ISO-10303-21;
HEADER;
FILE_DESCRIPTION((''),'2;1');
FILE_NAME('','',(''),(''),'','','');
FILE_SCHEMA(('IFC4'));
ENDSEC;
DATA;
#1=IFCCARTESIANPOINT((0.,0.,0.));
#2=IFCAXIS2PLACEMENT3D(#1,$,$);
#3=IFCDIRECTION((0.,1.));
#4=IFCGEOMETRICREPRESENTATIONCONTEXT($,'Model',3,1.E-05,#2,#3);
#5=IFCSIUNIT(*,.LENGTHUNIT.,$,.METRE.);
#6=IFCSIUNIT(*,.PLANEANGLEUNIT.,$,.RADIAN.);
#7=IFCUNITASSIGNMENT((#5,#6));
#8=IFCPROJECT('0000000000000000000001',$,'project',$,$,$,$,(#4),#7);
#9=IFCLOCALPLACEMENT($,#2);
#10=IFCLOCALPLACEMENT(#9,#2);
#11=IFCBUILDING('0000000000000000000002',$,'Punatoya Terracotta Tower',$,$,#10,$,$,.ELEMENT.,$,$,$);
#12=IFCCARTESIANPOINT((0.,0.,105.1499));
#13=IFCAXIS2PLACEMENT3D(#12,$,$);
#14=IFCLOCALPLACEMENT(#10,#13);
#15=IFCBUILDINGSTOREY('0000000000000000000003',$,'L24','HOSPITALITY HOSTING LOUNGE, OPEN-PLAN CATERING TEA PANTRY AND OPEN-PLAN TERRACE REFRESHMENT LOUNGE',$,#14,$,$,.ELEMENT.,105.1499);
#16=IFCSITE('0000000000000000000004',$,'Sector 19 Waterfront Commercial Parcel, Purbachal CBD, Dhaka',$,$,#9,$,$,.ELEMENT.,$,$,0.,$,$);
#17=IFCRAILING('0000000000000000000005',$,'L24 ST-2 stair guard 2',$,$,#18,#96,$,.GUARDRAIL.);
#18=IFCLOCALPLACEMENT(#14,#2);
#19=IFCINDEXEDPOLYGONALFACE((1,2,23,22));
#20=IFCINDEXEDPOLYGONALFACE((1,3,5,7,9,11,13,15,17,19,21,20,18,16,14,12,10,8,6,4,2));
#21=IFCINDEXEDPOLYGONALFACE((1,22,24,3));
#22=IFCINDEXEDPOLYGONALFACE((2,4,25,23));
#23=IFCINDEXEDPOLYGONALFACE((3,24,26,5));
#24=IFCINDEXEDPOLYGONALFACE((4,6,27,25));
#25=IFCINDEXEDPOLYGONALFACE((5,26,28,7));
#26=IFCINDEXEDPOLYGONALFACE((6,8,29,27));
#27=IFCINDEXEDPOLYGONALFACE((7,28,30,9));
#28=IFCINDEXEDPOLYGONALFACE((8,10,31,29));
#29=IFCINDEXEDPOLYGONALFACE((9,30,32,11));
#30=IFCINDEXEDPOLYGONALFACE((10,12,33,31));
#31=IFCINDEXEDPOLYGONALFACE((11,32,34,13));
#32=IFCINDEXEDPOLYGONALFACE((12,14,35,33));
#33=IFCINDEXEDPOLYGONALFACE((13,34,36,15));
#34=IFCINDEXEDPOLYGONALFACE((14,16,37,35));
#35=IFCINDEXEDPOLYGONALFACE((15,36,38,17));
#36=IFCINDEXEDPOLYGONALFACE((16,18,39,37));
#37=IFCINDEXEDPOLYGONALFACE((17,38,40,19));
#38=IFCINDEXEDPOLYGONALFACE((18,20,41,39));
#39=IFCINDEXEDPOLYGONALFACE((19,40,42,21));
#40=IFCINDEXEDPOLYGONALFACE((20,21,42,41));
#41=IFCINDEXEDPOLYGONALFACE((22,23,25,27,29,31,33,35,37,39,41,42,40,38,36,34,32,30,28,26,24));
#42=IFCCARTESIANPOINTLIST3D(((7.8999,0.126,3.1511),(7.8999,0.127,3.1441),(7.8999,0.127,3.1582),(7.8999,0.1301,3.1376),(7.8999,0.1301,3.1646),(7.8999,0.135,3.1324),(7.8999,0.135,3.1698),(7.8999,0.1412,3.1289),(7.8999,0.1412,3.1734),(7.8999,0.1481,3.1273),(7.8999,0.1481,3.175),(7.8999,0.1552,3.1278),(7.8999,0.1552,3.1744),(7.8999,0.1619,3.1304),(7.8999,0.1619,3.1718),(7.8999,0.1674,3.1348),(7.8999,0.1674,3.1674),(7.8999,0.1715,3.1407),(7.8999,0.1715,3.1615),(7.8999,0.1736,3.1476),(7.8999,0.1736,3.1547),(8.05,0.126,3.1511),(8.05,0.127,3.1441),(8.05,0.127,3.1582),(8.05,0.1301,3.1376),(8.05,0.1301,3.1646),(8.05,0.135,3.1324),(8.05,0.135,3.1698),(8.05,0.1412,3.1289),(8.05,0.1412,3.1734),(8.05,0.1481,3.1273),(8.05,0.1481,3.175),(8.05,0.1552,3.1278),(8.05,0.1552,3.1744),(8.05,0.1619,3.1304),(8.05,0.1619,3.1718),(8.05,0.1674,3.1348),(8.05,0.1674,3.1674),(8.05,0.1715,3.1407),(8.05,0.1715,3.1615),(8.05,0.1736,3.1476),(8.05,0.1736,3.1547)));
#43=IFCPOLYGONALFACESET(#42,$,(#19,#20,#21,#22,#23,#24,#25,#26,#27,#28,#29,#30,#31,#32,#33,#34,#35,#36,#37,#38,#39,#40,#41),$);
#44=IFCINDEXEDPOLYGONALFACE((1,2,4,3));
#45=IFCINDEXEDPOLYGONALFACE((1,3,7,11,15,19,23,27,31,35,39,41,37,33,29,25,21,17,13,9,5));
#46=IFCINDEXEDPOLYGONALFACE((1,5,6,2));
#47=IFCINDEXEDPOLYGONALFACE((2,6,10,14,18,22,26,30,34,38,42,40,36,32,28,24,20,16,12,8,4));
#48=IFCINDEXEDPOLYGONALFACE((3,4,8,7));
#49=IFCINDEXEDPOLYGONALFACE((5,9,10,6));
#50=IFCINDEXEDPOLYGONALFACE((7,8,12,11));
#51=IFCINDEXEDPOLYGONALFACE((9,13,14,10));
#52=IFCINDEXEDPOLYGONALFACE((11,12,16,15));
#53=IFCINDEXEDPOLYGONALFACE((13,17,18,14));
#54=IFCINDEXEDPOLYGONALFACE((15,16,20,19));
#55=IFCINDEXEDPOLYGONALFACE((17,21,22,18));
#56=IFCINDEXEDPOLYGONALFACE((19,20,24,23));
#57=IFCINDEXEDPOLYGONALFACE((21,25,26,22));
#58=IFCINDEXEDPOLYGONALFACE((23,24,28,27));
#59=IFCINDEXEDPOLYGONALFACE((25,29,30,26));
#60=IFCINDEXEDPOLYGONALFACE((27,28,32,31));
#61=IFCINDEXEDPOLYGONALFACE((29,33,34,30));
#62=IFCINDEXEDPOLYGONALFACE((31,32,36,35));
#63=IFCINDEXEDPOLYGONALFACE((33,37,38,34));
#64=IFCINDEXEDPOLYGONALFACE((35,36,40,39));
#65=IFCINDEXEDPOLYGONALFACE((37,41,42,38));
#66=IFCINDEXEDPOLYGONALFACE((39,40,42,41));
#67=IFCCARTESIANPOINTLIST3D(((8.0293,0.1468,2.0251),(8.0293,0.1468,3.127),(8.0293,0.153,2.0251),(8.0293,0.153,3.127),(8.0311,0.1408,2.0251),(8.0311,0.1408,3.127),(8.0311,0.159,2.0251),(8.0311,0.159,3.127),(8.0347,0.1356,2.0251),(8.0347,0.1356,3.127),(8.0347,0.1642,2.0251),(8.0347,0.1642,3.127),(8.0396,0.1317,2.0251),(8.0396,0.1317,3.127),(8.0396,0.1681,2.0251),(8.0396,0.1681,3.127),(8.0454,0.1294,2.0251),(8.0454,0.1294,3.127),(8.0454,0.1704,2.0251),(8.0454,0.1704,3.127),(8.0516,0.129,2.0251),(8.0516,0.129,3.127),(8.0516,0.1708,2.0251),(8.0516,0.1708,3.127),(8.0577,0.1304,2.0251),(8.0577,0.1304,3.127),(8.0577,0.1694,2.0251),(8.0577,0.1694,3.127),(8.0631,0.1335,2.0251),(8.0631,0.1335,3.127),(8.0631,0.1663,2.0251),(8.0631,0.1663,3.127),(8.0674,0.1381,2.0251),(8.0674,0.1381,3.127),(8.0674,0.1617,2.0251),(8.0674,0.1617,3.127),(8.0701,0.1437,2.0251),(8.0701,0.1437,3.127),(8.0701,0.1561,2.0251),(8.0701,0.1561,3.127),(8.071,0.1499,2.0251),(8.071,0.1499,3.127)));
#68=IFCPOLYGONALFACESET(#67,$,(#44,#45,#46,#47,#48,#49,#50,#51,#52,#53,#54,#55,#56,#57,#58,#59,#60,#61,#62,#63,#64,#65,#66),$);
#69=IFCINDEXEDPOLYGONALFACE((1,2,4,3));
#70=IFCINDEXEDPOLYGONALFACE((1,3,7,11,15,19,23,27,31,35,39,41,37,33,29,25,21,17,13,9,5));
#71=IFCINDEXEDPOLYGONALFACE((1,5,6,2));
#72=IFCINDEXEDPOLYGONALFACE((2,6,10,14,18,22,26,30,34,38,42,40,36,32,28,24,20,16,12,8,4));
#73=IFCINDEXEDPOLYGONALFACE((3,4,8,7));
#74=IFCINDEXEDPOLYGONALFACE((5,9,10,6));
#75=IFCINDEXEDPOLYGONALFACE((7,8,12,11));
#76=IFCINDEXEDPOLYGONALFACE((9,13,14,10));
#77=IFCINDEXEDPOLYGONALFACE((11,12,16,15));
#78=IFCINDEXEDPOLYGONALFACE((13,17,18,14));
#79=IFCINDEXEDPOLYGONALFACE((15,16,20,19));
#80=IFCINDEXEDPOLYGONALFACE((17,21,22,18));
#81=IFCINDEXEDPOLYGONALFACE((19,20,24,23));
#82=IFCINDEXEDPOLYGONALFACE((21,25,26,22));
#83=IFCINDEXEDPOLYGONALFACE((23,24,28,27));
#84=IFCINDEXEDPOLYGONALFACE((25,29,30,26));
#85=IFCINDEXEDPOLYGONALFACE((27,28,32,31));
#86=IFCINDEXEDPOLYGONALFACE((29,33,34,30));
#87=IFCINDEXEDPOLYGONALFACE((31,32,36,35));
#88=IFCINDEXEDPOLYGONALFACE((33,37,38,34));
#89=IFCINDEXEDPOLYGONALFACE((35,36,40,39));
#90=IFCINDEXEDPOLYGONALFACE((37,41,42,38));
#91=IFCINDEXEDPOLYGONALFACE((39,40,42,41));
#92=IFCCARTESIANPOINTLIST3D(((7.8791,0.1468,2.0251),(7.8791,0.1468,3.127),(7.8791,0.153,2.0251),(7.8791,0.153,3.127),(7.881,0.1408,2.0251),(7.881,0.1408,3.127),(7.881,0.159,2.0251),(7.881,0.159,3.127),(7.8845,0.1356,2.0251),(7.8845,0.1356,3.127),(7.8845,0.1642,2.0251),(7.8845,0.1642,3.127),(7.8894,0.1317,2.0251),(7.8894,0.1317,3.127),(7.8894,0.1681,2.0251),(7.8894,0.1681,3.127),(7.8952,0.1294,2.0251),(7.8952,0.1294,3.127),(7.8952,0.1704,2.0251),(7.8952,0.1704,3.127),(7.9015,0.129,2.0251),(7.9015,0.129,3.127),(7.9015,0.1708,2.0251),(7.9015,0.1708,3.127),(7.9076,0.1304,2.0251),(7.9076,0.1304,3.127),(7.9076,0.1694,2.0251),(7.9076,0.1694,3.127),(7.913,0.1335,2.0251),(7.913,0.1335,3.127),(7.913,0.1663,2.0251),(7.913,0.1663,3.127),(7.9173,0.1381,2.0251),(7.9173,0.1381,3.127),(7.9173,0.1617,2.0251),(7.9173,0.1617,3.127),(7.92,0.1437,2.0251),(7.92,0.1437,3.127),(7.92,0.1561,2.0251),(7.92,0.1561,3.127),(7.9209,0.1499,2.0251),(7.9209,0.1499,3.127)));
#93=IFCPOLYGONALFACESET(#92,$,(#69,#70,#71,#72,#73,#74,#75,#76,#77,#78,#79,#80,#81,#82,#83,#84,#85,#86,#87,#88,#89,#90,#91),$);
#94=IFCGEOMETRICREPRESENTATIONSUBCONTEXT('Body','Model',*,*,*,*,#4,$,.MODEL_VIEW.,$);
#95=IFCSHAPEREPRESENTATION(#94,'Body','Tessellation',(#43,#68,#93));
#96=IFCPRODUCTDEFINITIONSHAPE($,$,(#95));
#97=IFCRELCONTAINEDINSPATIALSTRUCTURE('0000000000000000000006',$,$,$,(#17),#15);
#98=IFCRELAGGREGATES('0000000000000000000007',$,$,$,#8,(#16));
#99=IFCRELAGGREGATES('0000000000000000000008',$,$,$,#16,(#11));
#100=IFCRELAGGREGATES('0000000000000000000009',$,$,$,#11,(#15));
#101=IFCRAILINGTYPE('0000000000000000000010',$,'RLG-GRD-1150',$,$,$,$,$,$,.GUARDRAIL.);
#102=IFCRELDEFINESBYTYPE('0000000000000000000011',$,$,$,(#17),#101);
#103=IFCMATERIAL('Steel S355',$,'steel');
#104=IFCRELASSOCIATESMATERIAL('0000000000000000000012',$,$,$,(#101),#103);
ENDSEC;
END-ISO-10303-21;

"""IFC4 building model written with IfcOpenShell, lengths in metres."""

from ifc_helpers import new_model, si_unit, direction, frame, origin, origin_2d, place, context, subcontext, project, spatial, circle, extrude, material, type_object, element, save


model = new_model("IFC4")

# Units and contexts
model_context = context("Model", 3, precision=1e-05, world=origin(), true_north=direction((0.0, 1.0)))
body_context = subcontext(model_context, "Body", "Model", "MODEL_VIEW")
ifc_project = project(units=[si_unit("LENGTHUNIT", "METRE"), si_unit("PLANEANGLEUNIT", "RADIAN")], contexts=[model_context])

# Site, building, storey
site_placement = place(None, origin())
site = spatial("IfcSite", under=ifc_project, at=site_placement, Name="Sector 19 Waterfront Commercial Parcel, Purbachal CBD, Dhaka", CompositionType="ELEMENT", RefElevation=0.0)
building_placement = place(site_placement, origin())
building = spatial("IfcBuilding", under=site, at=building_placement, Name="Punatoya Terracotta Tower", CompositionType="ELEMENT")
storey_placement = place(building_placement, frame((0.0, 0.0, 105.1499)))
storey = spatial("IfcBuildingStorey", under=building, at=storey_placement, Name="L24", Description="HOSPITALITY HOSTING LOUNGE, OPEN-PLAN CATERING TEA PANTRY AND OPEN-PLAN TERRACE REFRESHMENT LOUNGE", CompositionType="ELEMENT", Elevation=105.1499)

# Shared definitions
ifc_material_1 = material(Name="Steel S355", Category="steel")

# Railing
railing_type_1 = type_object("IfcRailingType", Name="RLG-GRD-1150", PredefinedType="GUARDRAIL", material=ifc_material_1)
railing_1_placement = place(storey_placement, frame((8.05, 0.1499, 2.0251)))
element("IfcRailing", 1, at=railing_1_placement, inside=storey, type_object=railing_type_1, Name="L24 ST-2 stair guard 2", PredefinedType="GUARDRAIL", context=body_context, shape_type="SweptSolid", body=[
    extrude(circle(Radius=0.0239, at=origin_2d()), frame((0.0, 0.0, 1.126), z_axis=(-1.0, 0.0, 0.0), x_axis=(0.0, -1.0, 0.0)), (0.0, 0.0, 1.0), 0.1501),
    extrude(circle(Radius=0.021, at=origin_2d()), origin(), (0.0, 0.0, 1.0), 1.1018),
    extrude(circle(Radius=0.021, at=origin_2d()), frame((-0.1501, 0.0, 0.0)), (0.0, 0.0, 1.0), 1.1018),
])

save(model, "model.ifc")
